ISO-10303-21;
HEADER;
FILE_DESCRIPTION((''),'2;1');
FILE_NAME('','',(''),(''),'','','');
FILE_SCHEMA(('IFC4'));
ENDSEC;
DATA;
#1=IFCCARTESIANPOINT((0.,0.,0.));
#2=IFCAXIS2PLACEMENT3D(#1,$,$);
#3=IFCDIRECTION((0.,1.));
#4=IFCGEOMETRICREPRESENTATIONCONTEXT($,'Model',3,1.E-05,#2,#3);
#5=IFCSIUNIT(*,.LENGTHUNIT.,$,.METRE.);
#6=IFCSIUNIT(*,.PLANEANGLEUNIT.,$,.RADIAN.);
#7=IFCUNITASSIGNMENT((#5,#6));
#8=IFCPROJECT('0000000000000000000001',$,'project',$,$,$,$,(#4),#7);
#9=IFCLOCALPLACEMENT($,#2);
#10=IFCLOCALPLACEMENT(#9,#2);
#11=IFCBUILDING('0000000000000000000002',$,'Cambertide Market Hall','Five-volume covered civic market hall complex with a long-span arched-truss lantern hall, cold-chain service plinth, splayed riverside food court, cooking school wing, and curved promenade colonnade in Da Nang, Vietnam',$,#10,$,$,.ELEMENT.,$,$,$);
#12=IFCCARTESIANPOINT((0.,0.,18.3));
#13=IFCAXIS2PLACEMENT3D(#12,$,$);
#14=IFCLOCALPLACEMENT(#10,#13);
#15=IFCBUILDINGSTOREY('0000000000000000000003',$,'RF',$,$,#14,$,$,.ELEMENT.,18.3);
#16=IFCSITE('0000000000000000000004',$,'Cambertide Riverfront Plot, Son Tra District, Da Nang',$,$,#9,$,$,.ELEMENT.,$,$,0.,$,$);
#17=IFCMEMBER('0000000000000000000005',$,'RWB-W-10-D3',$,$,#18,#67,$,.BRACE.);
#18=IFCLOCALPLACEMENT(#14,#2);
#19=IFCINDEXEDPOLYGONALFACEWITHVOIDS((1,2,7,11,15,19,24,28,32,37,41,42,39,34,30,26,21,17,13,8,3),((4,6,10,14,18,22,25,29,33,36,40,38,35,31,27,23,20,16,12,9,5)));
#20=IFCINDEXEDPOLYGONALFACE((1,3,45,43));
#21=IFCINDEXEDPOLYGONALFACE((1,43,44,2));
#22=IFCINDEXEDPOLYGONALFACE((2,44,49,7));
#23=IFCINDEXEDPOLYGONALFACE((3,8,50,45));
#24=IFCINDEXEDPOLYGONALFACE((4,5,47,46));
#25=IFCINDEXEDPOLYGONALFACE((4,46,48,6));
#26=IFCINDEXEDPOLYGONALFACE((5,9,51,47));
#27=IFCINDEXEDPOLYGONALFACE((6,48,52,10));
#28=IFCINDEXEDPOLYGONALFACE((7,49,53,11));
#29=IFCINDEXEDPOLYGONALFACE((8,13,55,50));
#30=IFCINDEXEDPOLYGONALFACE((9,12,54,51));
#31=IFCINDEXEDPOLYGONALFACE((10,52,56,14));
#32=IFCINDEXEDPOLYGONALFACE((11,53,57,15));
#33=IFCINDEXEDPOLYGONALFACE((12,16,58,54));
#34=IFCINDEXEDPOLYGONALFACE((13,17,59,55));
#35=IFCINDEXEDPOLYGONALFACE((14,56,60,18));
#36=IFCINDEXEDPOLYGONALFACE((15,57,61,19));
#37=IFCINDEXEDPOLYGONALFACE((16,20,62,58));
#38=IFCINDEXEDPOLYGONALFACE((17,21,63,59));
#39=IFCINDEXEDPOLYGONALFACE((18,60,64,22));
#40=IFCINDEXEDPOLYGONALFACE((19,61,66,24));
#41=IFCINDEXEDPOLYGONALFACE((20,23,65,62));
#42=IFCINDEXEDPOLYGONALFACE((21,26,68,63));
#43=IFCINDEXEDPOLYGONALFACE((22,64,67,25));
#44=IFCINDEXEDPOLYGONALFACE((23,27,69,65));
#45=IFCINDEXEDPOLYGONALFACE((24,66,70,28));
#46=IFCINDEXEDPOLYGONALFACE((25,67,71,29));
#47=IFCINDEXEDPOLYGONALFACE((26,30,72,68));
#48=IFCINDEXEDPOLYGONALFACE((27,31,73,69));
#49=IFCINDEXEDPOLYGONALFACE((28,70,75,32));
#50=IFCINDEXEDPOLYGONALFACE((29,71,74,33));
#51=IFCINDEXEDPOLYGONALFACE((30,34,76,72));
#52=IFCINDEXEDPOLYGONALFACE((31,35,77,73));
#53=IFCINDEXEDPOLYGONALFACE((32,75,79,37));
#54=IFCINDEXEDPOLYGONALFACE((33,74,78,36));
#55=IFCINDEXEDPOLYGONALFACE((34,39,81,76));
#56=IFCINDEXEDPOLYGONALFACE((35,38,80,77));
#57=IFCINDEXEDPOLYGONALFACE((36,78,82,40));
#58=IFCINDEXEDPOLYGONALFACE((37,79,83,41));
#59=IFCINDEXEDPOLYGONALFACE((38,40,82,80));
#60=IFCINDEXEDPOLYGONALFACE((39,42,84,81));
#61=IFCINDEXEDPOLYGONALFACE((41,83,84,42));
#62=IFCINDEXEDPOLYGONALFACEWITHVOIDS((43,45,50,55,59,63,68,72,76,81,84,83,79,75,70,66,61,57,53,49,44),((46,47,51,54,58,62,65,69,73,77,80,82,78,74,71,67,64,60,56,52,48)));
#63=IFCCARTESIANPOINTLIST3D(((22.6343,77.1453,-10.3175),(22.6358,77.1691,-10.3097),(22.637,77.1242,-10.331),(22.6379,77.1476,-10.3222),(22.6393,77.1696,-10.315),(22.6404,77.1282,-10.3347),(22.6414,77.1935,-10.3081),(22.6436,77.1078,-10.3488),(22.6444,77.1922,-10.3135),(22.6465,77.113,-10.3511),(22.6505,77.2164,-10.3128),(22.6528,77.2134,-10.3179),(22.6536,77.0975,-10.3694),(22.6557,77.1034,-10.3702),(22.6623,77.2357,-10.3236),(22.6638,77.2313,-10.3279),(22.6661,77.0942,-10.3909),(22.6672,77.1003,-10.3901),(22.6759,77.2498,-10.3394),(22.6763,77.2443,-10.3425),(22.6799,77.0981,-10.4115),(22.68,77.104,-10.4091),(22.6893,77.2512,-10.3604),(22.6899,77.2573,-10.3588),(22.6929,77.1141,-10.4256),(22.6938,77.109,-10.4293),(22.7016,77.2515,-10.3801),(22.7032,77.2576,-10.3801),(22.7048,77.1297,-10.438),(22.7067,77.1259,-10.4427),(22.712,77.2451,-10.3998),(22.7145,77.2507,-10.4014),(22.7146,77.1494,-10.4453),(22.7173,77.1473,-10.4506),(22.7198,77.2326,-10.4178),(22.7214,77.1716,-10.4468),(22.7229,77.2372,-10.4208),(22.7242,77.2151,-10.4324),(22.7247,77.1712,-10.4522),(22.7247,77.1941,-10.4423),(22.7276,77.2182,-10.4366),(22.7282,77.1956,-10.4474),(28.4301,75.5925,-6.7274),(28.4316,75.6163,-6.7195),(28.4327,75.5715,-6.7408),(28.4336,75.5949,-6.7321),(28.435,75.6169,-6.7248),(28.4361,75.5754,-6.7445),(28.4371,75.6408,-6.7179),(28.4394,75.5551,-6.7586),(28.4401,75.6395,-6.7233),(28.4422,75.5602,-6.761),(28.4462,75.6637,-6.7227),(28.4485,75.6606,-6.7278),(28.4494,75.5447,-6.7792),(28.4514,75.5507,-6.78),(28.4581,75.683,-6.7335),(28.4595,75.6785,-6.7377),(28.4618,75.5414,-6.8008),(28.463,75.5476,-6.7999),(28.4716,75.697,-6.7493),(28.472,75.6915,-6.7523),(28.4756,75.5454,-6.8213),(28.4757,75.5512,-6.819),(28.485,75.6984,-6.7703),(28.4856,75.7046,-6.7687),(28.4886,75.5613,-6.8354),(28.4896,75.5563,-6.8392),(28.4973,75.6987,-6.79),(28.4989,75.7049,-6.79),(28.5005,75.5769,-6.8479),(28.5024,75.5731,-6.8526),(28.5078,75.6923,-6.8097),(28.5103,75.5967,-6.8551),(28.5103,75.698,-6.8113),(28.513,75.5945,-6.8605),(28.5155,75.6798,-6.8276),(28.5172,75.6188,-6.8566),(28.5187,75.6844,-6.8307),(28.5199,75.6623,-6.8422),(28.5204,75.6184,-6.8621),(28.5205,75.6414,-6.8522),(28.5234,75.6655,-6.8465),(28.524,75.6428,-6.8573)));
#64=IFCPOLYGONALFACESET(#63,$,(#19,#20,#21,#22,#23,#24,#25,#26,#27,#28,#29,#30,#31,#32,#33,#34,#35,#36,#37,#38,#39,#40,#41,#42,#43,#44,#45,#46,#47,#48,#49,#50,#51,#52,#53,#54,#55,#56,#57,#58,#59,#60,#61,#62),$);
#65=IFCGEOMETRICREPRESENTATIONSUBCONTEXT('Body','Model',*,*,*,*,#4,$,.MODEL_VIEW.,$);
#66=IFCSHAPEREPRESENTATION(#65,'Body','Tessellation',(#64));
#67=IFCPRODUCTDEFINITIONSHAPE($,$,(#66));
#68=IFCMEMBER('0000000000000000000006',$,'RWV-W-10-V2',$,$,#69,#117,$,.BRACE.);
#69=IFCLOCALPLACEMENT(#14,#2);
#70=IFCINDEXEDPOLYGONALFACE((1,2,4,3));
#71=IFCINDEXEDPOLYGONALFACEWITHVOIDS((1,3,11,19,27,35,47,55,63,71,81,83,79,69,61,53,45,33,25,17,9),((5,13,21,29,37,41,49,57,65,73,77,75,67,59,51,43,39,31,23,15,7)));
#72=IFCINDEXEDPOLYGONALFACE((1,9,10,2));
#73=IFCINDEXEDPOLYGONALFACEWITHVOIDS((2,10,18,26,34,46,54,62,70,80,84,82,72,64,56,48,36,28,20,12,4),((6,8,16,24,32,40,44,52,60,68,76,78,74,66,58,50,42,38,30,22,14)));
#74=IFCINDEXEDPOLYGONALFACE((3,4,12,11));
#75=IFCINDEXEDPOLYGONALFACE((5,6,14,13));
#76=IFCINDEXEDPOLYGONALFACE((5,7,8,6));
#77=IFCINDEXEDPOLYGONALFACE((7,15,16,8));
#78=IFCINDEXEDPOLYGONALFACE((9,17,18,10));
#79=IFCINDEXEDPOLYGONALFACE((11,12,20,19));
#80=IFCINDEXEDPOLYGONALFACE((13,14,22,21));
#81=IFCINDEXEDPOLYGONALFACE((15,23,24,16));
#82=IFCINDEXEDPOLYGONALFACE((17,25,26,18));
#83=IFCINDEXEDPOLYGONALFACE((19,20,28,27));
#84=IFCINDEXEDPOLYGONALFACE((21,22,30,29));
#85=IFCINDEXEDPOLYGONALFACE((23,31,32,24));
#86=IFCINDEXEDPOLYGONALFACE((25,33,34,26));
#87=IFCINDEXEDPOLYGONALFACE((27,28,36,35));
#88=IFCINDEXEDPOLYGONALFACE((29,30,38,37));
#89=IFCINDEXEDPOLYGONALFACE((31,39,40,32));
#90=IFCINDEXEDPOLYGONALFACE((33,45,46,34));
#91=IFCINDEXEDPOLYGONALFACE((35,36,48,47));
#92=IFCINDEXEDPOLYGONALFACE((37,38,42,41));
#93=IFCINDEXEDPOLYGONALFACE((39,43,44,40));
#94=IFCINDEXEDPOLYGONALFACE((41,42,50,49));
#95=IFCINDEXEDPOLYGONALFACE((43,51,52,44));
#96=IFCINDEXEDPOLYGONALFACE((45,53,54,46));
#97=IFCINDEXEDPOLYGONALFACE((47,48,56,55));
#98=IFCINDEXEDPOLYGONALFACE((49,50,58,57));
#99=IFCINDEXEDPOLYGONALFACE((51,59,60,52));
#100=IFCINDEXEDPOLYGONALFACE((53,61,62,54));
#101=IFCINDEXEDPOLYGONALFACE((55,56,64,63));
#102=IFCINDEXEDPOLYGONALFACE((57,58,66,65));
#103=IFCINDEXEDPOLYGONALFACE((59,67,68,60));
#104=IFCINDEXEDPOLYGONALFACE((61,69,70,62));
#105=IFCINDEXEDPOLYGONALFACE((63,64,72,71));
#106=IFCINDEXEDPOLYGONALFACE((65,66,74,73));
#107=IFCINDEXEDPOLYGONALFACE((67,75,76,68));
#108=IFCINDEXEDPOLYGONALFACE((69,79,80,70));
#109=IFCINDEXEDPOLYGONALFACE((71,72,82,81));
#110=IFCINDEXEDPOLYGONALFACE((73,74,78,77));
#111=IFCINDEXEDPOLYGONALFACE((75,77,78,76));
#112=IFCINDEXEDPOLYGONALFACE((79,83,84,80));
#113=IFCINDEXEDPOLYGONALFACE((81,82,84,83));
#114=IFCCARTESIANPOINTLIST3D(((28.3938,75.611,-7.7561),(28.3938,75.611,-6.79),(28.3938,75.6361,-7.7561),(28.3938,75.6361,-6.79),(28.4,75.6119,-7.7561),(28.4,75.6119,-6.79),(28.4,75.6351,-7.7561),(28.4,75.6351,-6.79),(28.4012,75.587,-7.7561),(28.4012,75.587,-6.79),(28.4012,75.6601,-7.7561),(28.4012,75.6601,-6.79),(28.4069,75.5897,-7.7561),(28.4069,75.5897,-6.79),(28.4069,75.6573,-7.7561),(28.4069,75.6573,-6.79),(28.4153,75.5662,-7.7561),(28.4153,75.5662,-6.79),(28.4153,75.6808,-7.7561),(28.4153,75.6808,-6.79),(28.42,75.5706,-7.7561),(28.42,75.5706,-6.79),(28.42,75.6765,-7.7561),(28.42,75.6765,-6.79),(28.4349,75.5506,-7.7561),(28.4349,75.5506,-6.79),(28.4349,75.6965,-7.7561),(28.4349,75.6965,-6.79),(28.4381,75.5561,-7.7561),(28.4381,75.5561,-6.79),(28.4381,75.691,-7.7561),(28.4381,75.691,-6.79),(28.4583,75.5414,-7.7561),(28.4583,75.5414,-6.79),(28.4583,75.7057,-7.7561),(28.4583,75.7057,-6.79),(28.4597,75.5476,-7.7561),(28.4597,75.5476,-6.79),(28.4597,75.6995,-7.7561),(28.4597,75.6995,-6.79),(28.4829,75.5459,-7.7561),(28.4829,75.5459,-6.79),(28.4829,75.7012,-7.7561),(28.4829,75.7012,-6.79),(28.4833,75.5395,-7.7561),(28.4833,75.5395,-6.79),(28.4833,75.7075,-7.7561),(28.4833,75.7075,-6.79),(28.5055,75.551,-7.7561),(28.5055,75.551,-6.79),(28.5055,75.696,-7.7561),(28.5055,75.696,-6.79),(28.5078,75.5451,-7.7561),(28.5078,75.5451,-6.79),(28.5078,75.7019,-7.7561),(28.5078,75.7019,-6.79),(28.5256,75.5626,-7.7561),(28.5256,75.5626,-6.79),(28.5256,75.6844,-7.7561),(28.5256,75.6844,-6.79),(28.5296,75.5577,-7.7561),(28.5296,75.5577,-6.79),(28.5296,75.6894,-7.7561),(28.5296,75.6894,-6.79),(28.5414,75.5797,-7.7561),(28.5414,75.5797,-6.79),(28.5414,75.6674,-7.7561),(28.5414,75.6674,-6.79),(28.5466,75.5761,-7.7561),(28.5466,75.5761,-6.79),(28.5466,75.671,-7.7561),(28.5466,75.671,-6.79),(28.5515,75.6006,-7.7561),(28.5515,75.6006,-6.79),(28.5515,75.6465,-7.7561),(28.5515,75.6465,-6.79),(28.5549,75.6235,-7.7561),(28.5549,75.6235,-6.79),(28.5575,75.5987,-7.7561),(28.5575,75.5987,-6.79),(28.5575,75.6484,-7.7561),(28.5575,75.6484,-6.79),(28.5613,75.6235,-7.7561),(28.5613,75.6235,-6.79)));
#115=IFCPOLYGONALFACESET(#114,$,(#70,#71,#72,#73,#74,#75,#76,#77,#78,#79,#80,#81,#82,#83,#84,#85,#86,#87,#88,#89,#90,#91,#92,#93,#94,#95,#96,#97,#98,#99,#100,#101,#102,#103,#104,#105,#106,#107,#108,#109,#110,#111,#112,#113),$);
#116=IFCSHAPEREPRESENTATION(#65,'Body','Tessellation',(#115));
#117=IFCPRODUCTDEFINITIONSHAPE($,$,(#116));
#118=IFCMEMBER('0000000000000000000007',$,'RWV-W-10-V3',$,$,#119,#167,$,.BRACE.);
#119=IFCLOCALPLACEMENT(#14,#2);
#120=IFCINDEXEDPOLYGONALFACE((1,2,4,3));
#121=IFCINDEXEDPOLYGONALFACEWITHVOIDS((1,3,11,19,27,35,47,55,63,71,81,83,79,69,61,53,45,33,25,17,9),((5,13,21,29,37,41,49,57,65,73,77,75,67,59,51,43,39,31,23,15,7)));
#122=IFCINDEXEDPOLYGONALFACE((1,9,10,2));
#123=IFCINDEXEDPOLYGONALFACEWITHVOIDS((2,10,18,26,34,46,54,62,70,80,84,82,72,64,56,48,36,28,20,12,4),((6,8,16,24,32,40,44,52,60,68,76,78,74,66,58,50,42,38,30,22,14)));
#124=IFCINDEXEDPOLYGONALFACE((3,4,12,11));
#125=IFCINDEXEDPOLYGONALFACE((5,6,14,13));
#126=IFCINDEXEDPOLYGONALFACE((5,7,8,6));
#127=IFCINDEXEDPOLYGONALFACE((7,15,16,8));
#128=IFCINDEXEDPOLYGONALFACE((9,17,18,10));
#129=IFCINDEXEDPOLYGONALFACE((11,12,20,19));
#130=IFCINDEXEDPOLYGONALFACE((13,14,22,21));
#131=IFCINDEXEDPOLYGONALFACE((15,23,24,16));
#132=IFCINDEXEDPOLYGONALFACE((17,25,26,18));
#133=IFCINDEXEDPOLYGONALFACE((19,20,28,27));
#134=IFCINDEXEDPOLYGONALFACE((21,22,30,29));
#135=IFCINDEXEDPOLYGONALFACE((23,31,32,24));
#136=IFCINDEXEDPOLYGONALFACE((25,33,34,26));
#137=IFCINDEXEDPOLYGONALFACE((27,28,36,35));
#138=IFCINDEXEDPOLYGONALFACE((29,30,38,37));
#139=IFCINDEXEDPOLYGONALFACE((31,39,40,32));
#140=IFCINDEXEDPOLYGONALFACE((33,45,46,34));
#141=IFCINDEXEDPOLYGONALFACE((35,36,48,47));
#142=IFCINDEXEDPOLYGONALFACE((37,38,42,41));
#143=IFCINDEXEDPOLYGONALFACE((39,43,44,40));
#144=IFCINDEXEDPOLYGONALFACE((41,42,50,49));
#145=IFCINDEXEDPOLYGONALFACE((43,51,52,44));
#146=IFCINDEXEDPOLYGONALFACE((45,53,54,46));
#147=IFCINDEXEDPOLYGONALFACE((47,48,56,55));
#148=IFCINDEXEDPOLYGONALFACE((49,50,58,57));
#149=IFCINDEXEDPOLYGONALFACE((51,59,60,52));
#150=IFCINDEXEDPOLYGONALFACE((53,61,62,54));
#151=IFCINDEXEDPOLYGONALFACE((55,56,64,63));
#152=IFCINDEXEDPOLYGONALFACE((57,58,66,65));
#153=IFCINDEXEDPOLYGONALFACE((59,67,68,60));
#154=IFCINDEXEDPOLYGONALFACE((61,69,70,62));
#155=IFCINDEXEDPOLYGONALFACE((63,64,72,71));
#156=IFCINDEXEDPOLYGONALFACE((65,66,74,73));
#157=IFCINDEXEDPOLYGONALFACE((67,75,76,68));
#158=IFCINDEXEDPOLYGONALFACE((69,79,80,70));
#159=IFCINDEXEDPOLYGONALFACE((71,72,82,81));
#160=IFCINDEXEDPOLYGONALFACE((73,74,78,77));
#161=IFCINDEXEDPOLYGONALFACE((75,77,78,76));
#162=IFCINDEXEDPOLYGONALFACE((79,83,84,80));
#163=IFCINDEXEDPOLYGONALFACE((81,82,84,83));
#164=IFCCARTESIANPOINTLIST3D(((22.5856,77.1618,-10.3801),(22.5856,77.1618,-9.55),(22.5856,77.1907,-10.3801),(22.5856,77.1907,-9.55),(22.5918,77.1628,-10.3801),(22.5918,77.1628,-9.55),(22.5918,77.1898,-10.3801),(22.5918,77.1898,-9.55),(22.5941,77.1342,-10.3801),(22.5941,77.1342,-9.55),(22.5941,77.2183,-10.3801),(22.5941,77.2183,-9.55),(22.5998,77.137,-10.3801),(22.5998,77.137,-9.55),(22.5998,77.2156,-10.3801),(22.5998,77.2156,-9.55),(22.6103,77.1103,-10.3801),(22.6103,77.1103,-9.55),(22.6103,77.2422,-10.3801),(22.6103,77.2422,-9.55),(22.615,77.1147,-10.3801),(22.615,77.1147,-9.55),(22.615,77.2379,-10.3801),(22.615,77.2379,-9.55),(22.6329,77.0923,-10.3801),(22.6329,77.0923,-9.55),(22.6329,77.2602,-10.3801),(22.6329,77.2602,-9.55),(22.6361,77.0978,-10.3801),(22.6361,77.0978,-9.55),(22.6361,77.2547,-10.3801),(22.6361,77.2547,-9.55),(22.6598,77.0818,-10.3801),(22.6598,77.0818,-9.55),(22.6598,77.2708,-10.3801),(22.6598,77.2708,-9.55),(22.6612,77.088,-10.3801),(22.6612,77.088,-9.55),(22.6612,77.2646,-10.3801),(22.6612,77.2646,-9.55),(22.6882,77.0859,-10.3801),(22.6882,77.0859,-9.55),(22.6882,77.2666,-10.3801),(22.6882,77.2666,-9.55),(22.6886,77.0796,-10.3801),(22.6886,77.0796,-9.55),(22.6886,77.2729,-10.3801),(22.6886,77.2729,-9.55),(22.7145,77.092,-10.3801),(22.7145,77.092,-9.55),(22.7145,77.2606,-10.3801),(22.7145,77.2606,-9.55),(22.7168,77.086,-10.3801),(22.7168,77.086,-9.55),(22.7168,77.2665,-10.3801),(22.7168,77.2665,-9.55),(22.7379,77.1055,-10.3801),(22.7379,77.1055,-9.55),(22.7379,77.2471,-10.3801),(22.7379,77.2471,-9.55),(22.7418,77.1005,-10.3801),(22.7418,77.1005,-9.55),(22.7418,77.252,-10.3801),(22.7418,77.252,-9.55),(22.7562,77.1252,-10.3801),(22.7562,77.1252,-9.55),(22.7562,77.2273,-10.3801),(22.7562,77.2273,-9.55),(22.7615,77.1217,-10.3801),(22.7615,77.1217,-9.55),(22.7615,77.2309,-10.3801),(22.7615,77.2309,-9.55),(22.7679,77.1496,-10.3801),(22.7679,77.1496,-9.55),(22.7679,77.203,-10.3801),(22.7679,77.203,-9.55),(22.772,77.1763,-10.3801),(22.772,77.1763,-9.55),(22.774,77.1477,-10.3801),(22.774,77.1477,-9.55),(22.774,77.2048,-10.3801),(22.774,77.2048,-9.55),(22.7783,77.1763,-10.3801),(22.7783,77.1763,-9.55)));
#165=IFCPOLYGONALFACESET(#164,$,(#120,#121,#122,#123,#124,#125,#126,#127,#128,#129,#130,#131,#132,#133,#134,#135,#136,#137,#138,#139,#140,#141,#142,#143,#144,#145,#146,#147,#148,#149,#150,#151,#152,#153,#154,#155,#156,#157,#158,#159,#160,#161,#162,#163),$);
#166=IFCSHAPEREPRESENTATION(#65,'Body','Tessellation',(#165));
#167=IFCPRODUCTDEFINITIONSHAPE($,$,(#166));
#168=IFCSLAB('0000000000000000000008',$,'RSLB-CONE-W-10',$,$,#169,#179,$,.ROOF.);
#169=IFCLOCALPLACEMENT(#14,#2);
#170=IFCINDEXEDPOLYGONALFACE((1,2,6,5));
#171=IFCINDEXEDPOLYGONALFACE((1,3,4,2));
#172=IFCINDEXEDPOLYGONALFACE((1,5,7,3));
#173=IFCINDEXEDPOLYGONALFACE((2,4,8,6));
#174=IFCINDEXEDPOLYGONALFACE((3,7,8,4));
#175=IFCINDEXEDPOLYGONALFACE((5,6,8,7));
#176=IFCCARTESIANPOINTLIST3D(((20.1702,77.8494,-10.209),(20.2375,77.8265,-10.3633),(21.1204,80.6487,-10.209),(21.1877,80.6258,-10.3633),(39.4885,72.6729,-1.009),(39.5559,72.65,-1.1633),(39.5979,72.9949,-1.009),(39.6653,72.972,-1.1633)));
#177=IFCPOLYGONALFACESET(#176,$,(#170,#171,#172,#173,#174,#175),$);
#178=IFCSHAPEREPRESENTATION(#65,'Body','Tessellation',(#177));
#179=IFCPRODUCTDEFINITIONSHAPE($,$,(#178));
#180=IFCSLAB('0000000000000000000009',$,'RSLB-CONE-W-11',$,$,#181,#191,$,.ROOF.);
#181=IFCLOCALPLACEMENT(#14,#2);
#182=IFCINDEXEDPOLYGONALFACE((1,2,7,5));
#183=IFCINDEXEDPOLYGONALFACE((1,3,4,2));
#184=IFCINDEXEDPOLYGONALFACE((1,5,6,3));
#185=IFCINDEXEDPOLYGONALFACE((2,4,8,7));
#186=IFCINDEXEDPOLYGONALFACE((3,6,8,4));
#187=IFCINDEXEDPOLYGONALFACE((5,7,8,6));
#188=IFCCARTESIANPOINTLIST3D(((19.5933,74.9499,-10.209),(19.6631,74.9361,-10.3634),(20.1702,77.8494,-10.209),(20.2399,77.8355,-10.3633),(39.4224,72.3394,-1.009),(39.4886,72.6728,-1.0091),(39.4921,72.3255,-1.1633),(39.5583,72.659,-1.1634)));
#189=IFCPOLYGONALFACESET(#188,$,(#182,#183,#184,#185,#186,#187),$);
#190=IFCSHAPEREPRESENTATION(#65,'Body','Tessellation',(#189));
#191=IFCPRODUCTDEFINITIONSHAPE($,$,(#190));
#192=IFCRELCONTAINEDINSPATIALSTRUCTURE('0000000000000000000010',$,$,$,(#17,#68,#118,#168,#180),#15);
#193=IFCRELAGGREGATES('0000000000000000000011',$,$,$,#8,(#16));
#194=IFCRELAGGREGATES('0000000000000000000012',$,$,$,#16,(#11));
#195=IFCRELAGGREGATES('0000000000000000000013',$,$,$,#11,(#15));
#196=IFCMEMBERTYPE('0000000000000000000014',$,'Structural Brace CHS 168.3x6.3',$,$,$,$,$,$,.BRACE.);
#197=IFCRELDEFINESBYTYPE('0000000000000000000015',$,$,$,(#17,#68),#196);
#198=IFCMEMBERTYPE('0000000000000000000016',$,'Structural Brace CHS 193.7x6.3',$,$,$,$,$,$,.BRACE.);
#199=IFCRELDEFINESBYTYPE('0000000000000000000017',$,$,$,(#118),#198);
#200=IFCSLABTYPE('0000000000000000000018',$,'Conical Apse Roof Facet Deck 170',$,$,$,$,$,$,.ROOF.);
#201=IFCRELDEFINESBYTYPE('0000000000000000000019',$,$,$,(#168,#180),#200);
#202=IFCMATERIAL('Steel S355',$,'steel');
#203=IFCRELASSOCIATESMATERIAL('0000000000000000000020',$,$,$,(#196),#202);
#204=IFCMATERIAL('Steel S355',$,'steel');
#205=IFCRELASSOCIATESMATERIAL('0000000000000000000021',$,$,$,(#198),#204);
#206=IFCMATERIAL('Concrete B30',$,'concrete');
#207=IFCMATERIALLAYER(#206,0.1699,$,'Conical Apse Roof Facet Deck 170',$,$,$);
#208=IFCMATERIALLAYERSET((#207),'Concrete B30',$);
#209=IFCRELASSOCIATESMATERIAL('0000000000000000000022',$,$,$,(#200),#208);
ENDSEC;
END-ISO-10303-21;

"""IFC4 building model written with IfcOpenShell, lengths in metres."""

from ifc_helpers import new_model, si_unit, direction, frame, origin, origin_2d, place, context, subcontext, project, spatial, polyline, hollow_circle, outline, extrude, material, layer, layer_set, material_profile, profile_set, type_object, element, save


model = new_model("IFC4")

# Units and contexts
model_context = context("Model", 3, precision=1e-05, world=origin(), true_north=direction((0.0, 1.0)))
body_context = subcontext(model_context, "Body", "Model", "MODEL_VIEW")
ifc_project = project(units=[si_unit("LENGTHUNIT", "METRE"), si_unit("PLANEANGLEUNIT", "RADIAN")], contexts=[model_context])

# Site, building, storey
site_placement = place(None, origin())
site = spatial("IfcSite", under=ifc_project, at=site_placement, Name="Cambertide Riverfront Plot, Son Tra District, Da Nang", CompositionType="ELEMENT", RefElevation=0.0)
building_placement = place(site_placement, origin())
building = spatial("IfcBuilding", under=site, at=building_placement, Name="Cambertide Market Hall", Description="Five-volume covered civic market hall complex with a long-span arched-truss lantern hall, cold-chain service plinth, splayed riverside food court, cooking school wing, and curved promenade colonnade in Da Nang, Vietnam", CompositionType="ELEMENT")
storey_placement = place(building_placement, frame((0.0, 0.0, 18.3)))
storey = spatial("IfcBuildingStorey", under=building, at=storey_placement, Name="RF", CompositionType="ELEMENT", Elevation=18.3)

# Members
ifc_material_1 = material(Name="Steel S355", Category="steel")
ifc_material_profile_1 = material_profile(ifc_material_1, hollow_circle(Radius=0.0842, WallThickness=0.0063, at=origin_2d()), Name="CHS 168.3x6.3")
ifc_profile_set_1 = profile_set([ifc_material_profile_1], Name="Steel S355")
member_type_1 = type_object("IfcMemberType", Name="Structural Brace CHS 168.3x6.3", PredefinedType="BRACE", material=ifc_profile_set_1)
member_1_placement = place(storey_placement, frame((22.6814, 77.1763, -10.3801), z_axis=(0.828887, -0.22207, 0.51345), x_axis=(0.258787, 0.965934, 0.0)))
element("IfcMember", 1, at=member_1_placement, inside=storey, type_object=member_type_1, Name="RWB-W-10-D3", PredefinedType="BRACE", context=body_context, shape_type="SweptSolid", body=[
    extrude(hollow_circle(Radius=0.0842, WallThickness=0.0063, at=origin_2d()), origin(), (0.0, 0.0, 1.0), 6.9922),
])
member_2_placement = place(storey_placement, frame((28.4771, 75.6235, -7.7561), z_axis=(0.0, 0.0, 1.0), x_axis=(1.0, 0.0, 0.0)))
element("IfcMember", 2, at=member_2_placement, inside=storey, type_object=member_type_1, Name="RWV-W-10-V2", PredefinedType="BRACE", context=body_context, shape_type="SweptSolid", body=[
    extrude(hollow_circle(Radius=0.0842, WallThickness=0.0063, at=origin_2d()), origin(), (0.0, 0.0, 1.0), 0.9661),
])
ifc_material_2 = material(Name="Steel S355", Category="steel")
ifc_material_profile_2 = material_profile(ifc_material_2, hollow_circle(Radius=0.0969, WallThickness=0.0063, at=origin_2d()), Name="CHS 193.7x6.3")
ifc_profile_set_2 = profile_set([ifc_material_profile_2], Name="Steel S355")
member_type_2 = type_object("IfcMemberType", Name="Structural Brace CHS 193.7x6.3", PredefinedType="BRACE", material=ifc_profile_set_2)
member_3_placement = place(storey_placement, frame((22.6814, 77.1763, -10.3801), z_axis=(0.0, 0.0, 1.0), x_axis=(1.0, 0.0, 0.0)))
element("IfcMember", 3, at=member_3_placement, inside=storey, type_object=member_type_2, Name="RWV-W-10-V3", PredefinedType="BRACE", context=body_context, shape_type="SweptSolid", body=[
    extrude(hollow_circle(Radius=0.0969, WallThickness=0.0063, at=origin_2d()), origin(), (0.0, 0.0, 1.0), 0.8301),
])

# Slabs
ifc_material_3 = material(Name="Concrete B30", Category="concrete")
ifc_layer_1 = layer(ifc_material_3, 0.1699, Name="Conical Apse Roof Facet Deck 170")
ifc_layer_set_1 = layer_set([ifc_layer_1], Name="Concrete B30")
slab_type = type_object("IfcSlabType", Name="Conical Apse Roof Facet Deck 170", PredefinedType="ROOF", material=ifc_layer_set_1)
slab_1_placement = place(storey_placement, frame((21.1204, 80.6487, -10.209), z_axis=(-0.396426, 0.134571, 0.90815), x_axis=(-0.321429, -0.946934, 0.000007)))
element("IfcSlab", 4, at=slab_1_placement, inside=storey, type_object=slab_type, Name="RSLB-CONE-W-10", PredefinedType="ROOF", context=body_context, shape_type="SweptSolid", body=[
    extrude(outline(polyline([(0.0, 0.0), (2.9562, 0.0), (1.6486, 21.9755), (1.3085, 21.9756), (0.0, 0.0)])), origin(), (0.0, 0.0, -1.0), 0.1699),
])
slab_2_placement = place(storey_placement, frame((20.1702, 77.8494, -10.209), z_axis=(-0.410599, 0.081673, 0.908151), x_axis=(-0.195137, -0.980776, -0.000022)))
element("IfcSlab", 5, at=slab_2_placement, inside=storey, type_object=slab_type, Name="RSLB-CONE-W-11", PredefinedType="ROOF", context=body_context, shape_type="SweptSolid", body=[
    extrude(outline(polyline([(0.0, 0.0), (2.9563, 0.0), (1.6471, 21.9758), (1.3071, 21.9756), (0.0, 0.0)])), origin(), (0.0, 0.0, -1.0), 0.1699),
])

save(model, "model.ifc")
